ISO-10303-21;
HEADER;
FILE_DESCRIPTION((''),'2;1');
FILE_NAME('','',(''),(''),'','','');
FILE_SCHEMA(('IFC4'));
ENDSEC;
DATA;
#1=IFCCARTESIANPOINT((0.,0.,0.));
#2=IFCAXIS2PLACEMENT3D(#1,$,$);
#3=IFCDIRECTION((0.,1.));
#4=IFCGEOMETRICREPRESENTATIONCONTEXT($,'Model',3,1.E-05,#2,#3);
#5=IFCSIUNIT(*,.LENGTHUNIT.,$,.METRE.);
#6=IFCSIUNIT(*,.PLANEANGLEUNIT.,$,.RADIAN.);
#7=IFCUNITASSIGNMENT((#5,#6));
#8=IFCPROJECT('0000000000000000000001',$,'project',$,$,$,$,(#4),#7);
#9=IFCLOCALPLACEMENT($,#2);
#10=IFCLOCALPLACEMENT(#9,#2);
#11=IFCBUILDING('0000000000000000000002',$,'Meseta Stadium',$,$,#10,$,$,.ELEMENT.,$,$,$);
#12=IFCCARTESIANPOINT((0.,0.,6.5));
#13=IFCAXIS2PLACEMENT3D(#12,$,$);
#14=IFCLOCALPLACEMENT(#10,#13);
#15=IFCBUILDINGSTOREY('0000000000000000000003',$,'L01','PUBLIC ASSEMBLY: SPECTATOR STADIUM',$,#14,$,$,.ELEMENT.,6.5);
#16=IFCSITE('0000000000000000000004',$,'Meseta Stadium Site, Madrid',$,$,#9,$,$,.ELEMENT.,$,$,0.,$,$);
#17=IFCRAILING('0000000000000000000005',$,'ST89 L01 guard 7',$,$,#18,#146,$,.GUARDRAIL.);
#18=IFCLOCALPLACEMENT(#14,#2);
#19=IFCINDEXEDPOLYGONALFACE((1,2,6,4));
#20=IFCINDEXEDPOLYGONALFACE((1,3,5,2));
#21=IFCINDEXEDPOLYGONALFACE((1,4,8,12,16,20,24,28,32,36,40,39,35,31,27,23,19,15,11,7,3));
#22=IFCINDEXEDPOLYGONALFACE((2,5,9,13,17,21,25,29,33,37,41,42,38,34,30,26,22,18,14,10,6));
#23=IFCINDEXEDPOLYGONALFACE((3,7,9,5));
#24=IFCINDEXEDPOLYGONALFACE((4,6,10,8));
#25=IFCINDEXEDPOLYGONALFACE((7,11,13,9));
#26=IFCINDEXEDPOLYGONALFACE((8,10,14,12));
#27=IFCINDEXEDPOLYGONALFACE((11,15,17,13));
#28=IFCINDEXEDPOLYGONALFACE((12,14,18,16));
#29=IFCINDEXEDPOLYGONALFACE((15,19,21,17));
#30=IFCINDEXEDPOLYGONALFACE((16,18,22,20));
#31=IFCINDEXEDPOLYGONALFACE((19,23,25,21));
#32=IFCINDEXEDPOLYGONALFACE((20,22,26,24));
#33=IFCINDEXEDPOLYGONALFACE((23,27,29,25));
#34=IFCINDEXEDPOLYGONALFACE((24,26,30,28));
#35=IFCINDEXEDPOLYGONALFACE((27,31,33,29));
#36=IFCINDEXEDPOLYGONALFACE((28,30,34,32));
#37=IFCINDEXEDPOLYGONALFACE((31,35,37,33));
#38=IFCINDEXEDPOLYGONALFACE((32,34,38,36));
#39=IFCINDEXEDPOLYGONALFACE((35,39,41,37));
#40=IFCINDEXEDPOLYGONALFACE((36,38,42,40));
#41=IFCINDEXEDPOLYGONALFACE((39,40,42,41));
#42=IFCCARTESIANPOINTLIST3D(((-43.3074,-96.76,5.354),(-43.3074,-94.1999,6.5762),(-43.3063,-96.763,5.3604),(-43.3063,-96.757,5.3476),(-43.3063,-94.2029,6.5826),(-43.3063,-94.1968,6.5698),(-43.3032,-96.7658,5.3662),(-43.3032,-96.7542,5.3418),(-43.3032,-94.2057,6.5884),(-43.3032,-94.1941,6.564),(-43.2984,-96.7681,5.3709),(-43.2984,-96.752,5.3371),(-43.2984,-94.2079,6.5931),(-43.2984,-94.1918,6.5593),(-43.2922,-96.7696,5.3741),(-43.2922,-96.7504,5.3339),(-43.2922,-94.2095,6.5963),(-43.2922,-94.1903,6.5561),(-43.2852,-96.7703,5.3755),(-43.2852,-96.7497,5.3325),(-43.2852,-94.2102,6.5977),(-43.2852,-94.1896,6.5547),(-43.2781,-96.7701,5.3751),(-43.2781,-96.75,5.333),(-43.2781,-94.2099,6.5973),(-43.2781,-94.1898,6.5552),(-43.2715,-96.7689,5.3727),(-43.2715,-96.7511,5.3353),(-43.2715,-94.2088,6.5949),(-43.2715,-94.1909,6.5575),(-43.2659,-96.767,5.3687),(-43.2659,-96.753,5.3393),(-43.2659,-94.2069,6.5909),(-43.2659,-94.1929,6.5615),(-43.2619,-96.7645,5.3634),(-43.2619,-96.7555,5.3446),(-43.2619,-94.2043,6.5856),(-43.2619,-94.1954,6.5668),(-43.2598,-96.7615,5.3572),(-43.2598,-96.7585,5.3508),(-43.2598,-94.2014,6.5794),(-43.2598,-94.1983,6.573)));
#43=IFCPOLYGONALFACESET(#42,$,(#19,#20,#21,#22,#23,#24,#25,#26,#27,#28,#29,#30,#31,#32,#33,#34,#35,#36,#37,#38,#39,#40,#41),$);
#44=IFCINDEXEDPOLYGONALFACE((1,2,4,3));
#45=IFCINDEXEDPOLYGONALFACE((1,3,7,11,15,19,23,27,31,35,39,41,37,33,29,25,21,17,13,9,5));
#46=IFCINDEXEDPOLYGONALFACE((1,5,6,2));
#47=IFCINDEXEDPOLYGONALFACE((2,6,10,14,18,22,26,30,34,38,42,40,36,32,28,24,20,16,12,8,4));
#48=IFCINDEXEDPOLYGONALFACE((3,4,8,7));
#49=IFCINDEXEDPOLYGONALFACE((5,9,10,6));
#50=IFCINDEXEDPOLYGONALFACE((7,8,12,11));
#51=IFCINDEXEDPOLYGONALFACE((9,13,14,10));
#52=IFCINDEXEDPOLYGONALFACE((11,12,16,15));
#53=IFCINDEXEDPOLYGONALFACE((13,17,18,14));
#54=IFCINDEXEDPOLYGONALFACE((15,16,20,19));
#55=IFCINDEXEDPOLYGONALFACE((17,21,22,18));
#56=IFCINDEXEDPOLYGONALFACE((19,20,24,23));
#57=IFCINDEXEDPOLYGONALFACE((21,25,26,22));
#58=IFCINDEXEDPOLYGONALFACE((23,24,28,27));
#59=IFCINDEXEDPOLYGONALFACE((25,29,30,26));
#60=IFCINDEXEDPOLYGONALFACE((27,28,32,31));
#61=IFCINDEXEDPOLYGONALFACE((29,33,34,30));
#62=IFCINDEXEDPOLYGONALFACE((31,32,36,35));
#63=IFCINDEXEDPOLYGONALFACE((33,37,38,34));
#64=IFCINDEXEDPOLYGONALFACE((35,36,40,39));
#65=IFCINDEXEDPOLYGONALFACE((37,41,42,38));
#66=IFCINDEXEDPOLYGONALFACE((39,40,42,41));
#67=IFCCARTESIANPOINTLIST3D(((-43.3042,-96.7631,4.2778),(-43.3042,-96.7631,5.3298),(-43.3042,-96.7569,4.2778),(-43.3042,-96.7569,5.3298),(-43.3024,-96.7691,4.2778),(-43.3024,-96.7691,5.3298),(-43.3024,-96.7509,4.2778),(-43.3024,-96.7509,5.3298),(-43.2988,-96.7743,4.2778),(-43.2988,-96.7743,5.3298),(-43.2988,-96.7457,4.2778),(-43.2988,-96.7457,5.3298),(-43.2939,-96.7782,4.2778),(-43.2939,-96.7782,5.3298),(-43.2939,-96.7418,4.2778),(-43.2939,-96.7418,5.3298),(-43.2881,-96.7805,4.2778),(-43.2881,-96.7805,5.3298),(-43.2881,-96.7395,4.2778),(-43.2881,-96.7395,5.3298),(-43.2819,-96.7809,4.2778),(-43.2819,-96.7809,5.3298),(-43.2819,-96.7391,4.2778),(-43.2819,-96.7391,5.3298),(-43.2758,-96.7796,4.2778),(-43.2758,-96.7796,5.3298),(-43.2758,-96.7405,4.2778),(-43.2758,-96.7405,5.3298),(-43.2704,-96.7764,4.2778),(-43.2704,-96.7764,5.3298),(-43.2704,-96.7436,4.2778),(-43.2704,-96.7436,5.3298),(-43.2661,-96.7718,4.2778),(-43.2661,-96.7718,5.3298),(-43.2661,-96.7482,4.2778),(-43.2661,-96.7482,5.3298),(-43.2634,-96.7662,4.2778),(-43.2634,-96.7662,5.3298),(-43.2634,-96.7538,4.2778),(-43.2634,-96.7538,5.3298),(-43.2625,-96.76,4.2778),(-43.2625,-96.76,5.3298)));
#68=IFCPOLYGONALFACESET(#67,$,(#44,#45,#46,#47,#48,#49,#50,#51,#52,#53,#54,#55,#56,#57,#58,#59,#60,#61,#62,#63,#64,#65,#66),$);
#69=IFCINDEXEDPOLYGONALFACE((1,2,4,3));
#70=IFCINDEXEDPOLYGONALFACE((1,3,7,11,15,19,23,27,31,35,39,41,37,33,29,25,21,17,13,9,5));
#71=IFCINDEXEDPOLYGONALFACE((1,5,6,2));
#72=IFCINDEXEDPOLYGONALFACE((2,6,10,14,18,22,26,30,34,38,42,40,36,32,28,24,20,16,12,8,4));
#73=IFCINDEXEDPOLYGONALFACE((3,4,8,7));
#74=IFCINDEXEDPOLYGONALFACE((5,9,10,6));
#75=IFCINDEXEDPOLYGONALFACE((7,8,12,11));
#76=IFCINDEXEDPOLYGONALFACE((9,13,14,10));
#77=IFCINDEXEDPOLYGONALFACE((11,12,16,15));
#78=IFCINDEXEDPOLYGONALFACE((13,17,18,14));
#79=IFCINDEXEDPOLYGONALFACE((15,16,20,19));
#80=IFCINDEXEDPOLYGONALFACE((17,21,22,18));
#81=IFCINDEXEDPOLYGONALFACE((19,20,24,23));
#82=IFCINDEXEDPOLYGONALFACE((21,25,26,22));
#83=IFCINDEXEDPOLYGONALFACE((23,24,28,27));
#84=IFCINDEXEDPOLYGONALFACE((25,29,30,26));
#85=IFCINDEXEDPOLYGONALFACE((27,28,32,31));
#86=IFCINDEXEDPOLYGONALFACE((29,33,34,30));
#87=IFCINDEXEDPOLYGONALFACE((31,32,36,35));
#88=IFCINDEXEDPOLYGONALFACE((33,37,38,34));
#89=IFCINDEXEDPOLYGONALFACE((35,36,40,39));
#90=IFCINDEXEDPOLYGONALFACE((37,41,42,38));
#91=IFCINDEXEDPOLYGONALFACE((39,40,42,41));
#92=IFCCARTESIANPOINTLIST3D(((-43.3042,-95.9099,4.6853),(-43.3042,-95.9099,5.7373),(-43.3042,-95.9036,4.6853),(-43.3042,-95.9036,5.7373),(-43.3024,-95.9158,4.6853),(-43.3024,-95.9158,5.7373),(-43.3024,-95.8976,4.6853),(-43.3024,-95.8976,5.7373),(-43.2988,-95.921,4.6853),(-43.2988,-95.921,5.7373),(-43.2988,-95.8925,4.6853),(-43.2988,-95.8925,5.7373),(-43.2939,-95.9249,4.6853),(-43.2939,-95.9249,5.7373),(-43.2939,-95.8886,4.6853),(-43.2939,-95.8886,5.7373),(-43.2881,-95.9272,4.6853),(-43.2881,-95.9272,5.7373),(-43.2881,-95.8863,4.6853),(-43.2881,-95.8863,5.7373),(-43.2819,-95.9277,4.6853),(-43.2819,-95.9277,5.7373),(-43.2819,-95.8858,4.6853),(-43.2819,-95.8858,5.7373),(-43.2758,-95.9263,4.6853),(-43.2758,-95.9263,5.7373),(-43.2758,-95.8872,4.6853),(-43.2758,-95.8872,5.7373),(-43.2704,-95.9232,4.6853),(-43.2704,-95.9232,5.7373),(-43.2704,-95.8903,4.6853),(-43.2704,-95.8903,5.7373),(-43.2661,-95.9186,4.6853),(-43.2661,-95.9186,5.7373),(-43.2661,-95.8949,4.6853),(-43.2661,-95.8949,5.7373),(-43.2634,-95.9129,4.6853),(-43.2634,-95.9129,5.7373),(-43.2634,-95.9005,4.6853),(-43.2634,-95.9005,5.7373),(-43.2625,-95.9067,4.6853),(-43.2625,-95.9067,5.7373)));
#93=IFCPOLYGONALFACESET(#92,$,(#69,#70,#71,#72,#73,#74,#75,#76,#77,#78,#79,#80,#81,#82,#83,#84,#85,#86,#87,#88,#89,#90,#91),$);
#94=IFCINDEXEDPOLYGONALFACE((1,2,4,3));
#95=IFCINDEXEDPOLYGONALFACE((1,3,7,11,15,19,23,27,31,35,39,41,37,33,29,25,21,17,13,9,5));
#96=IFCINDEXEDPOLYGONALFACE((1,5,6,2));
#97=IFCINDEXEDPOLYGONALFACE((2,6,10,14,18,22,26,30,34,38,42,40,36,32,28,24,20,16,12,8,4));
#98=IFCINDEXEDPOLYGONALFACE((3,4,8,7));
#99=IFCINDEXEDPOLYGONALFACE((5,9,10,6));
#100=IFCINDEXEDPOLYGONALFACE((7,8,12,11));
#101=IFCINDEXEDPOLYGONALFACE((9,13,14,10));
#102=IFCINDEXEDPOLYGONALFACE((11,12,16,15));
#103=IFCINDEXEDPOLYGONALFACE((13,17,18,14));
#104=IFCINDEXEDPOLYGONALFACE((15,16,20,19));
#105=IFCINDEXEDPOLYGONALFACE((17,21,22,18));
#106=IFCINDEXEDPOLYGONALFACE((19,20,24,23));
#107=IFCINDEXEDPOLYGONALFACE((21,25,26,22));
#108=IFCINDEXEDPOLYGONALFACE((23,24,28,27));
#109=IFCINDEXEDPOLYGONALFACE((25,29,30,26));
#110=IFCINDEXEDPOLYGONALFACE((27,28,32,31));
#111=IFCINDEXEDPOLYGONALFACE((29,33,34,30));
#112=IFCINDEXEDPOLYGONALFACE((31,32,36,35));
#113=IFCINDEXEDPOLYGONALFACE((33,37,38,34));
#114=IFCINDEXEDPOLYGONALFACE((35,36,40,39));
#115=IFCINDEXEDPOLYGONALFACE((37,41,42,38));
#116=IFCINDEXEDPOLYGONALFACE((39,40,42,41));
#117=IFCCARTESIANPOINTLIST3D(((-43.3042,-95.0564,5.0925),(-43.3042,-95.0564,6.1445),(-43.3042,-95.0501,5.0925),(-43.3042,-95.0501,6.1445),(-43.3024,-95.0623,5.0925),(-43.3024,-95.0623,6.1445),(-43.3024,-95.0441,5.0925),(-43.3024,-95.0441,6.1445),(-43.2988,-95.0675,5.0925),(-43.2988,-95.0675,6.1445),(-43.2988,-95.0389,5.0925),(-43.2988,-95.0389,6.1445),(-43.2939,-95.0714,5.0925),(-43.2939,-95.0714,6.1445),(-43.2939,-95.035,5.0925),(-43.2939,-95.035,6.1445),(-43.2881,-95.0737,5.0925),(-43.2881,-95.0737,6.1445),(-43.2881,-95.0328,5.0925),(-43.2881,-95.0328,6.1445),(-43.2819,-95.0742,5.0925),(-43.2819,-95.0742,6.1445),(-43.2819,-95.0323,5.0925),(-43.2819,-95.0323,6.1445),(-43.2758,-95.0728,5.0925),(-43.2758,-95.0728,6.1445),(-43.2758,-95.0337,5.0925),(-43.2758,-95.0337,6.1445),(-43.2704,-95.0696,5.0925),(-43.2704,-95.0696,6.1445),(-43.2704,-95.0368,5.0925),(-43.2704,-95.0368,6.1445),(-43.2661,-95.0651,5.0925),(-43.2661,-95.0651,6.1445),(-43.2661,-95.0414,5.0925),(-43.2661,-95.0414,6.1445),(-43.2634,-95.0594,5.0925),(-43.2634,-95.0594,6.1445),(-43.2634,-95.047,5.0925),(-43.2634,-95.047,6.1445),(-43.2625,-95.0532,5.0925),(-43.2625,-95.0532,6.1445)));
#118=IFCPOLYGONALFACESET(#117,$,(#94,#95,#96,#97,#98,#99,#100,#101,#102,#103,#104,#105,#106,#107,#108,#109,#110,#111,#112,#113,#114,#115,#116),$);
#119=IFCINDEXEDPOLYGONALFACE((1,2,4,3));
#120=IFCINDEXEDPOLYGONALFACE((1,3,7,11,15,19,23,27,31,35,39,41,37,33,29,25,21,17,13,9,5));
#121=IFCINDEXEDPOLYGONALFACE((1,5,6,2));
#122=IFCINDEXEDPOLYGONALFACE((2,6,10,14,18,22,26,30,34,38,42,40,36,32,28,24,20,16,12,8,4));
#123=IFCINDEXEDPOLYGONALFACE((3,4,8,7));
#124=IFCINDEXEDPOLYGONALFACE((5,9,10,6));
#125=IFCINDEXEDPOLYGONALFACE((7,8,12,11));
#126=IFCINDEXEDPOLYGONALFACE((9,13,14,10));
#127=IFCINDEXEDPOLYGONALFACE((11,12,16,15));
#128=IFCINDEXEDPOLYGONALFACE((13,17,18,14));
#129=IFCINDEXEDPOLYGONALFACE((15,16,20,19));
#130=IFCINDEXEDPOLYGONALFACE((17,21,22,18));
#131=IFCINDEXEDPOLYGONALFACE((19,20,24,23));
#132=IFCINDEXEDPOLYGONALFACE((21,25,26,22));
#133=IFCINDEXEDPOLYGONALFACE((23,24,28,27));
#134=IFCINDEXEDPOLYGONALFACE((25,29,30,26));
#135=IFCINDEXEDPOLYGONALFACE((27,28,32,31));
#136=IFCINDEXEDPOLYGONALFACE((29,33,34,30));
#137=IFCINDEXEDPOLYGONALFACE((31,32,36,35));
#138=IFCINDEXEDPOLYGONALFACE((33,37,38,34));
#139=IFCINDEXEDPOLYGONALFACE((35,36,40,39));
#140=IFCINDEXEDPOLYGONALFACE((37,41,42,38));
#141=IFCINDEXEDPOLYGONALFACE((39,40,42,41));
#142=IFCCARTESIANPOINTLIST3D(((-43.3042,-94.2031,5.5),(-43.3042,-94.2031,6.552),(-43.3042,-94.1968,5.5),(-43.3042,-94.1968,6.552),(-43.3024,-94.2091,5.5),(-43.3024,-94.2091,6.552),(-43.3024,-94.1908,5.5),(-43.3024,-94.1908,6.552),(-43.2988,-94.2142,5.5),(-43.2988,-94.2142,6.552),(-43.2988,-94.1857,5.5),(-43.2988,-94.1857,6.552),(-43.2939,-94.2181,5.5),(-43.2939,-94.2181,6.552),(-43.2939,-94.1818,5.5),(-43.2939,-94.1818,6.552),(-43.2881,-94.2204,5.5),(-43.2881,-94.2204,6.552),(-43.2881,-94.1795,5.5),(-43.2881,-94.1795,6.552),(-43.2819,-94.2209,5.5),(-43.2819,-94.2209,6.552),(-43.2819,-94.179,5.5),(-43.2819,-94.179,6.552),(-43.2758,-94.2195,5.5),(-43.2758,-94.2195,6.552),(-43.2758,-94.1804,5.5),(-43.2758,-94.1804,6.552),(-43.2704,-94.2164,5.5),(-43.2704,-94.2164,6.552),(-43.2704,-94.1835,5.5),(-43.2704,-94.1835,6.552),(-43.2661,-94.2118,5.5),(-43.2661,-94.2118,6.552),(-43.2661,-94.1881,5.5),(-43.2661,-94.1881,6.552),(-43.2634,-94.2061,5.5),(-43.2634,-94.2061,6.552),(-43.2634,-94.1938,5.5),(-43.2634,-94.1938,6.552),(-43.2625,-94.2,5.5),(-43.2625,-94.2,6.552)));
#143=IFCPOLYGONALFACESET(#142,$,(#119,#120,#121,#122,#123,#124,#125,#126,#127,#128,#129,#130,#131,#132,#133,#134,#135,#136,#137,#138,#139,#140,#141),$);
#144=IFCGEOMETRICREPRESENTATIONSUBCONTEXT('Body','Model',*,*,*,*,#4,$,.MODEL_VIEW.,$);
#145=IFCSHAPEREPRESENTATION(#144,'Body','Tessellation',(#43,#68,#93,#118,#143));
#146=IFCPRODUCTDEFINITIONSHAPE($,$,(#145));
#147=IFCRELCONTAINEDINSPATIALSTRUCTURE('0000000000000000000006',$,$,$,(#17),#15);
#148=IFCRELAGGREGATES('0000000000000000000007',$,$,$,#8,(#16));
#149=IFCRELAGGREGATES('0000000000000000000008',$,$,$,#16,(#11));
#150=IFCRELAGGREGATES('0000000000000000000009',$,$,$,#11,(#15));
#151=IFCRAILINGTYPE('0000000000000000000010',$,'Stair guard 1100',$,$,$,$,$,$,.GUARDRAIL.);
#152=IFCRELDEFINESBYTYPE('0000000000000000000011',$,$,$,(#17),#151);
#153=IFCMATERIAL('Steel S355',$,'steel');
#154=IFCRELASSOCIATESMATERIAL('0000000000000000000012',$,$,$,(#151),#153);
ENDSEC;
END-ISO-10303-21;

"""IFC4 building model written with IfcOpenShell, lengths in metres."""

from ifc_helpers import new_model, si_unit, direction, frame, origin, origin_2d, place, context, subcontext, project, spatial, circle, extrude, material, type_object, element, save


model = new_model("IFC4")

# Units and contexts
model_context = context("Model", 3, precision=1e-05, world=origin(), true_north=direction((0.0, 1.0)))
body_context = subcontext(model_context, "Body", "Model", "MODEL_VIEW")
ifc_project = project(units=[si_unit("LENGTHUNIT", "METRE"), si_unit("PLANEANGLEUNIT", "RADIAN")], contexts=[model_context])

# Site, building, storey
site_placement = place(None, origin())
site = spatial("IfcSite", under=ifc_project, at=site_placement, Name="Meseta Stadium Site, Madrid", CompositionType="ELEMENT", RefElevation=0.0)
building_placement = place(site_placement, origin())
building = spatial("IfcBuilding", under=site, at=building_placement, Name="Meseta Stadium", CompositionType="ELEMENT")
storey_placement = place(building_placement, frame((0.0, 0.0, 6.5)))
storey = spatial("IfcBuildingStorey", under=building, at=storey_placement, Name="L01", Description="PUBLIC ASSEMBLY: SPECTATOR STADIUM", CompositionType="ELEMENT", Elevation=6.5)

# Railing
ifc_material_1 = material(Name="Steel S355", Category="steel")
railing_type_1 = type_object("IfcRailingType", Name="Stair guard 1100", PredefinedType="GUARDRAIL", material=ifc_material_1)
railing_1_placement = place(storey_placement, frame((-43.2834, -96.76, 4.2778)))
element("IfcRailing", 1, at=railing_1_placement, inside=storey, type_object=railing_type_1, Name="ST89 L01 guard 7", PredefinedType="GUARDRAIL", context=body_context, shape_type="SweptSolid", body=[
    extrude(circle(Radius=0.0239, at=origin_2d()), frame((0.0, 0.0, 1.0762), z_axis=(0.0, 0.902437, 0.430822), x_axis=(-1.0, 0.0, 0.0)), (0.0, 0.0, 1.0), 2.8369),
    extrude(circle(Radius=0.021, at=origin_2d()), origin(), (0.0, 0.0, 1.0), 1.052),
    extrude(circle(Radius=0.021, at=origin_2d()), frame((0.0, 0.8533, 0.4075)), (0.0, 0.0, 1.0), 1.052),
    extrude(circle(Radius=0.021, at=origin_2d()), frame((0.0, 1.7068, 0.8147)), (0.0, 0.0, 1.0), 1.052),
    extrude(circle(Radius=0.021, at=origin_2d()), frame((0.0, 2.5601, 1.2222)), (0.0, 0.0, 1.0), 1.052),
])

save(model, "model.ifc")
